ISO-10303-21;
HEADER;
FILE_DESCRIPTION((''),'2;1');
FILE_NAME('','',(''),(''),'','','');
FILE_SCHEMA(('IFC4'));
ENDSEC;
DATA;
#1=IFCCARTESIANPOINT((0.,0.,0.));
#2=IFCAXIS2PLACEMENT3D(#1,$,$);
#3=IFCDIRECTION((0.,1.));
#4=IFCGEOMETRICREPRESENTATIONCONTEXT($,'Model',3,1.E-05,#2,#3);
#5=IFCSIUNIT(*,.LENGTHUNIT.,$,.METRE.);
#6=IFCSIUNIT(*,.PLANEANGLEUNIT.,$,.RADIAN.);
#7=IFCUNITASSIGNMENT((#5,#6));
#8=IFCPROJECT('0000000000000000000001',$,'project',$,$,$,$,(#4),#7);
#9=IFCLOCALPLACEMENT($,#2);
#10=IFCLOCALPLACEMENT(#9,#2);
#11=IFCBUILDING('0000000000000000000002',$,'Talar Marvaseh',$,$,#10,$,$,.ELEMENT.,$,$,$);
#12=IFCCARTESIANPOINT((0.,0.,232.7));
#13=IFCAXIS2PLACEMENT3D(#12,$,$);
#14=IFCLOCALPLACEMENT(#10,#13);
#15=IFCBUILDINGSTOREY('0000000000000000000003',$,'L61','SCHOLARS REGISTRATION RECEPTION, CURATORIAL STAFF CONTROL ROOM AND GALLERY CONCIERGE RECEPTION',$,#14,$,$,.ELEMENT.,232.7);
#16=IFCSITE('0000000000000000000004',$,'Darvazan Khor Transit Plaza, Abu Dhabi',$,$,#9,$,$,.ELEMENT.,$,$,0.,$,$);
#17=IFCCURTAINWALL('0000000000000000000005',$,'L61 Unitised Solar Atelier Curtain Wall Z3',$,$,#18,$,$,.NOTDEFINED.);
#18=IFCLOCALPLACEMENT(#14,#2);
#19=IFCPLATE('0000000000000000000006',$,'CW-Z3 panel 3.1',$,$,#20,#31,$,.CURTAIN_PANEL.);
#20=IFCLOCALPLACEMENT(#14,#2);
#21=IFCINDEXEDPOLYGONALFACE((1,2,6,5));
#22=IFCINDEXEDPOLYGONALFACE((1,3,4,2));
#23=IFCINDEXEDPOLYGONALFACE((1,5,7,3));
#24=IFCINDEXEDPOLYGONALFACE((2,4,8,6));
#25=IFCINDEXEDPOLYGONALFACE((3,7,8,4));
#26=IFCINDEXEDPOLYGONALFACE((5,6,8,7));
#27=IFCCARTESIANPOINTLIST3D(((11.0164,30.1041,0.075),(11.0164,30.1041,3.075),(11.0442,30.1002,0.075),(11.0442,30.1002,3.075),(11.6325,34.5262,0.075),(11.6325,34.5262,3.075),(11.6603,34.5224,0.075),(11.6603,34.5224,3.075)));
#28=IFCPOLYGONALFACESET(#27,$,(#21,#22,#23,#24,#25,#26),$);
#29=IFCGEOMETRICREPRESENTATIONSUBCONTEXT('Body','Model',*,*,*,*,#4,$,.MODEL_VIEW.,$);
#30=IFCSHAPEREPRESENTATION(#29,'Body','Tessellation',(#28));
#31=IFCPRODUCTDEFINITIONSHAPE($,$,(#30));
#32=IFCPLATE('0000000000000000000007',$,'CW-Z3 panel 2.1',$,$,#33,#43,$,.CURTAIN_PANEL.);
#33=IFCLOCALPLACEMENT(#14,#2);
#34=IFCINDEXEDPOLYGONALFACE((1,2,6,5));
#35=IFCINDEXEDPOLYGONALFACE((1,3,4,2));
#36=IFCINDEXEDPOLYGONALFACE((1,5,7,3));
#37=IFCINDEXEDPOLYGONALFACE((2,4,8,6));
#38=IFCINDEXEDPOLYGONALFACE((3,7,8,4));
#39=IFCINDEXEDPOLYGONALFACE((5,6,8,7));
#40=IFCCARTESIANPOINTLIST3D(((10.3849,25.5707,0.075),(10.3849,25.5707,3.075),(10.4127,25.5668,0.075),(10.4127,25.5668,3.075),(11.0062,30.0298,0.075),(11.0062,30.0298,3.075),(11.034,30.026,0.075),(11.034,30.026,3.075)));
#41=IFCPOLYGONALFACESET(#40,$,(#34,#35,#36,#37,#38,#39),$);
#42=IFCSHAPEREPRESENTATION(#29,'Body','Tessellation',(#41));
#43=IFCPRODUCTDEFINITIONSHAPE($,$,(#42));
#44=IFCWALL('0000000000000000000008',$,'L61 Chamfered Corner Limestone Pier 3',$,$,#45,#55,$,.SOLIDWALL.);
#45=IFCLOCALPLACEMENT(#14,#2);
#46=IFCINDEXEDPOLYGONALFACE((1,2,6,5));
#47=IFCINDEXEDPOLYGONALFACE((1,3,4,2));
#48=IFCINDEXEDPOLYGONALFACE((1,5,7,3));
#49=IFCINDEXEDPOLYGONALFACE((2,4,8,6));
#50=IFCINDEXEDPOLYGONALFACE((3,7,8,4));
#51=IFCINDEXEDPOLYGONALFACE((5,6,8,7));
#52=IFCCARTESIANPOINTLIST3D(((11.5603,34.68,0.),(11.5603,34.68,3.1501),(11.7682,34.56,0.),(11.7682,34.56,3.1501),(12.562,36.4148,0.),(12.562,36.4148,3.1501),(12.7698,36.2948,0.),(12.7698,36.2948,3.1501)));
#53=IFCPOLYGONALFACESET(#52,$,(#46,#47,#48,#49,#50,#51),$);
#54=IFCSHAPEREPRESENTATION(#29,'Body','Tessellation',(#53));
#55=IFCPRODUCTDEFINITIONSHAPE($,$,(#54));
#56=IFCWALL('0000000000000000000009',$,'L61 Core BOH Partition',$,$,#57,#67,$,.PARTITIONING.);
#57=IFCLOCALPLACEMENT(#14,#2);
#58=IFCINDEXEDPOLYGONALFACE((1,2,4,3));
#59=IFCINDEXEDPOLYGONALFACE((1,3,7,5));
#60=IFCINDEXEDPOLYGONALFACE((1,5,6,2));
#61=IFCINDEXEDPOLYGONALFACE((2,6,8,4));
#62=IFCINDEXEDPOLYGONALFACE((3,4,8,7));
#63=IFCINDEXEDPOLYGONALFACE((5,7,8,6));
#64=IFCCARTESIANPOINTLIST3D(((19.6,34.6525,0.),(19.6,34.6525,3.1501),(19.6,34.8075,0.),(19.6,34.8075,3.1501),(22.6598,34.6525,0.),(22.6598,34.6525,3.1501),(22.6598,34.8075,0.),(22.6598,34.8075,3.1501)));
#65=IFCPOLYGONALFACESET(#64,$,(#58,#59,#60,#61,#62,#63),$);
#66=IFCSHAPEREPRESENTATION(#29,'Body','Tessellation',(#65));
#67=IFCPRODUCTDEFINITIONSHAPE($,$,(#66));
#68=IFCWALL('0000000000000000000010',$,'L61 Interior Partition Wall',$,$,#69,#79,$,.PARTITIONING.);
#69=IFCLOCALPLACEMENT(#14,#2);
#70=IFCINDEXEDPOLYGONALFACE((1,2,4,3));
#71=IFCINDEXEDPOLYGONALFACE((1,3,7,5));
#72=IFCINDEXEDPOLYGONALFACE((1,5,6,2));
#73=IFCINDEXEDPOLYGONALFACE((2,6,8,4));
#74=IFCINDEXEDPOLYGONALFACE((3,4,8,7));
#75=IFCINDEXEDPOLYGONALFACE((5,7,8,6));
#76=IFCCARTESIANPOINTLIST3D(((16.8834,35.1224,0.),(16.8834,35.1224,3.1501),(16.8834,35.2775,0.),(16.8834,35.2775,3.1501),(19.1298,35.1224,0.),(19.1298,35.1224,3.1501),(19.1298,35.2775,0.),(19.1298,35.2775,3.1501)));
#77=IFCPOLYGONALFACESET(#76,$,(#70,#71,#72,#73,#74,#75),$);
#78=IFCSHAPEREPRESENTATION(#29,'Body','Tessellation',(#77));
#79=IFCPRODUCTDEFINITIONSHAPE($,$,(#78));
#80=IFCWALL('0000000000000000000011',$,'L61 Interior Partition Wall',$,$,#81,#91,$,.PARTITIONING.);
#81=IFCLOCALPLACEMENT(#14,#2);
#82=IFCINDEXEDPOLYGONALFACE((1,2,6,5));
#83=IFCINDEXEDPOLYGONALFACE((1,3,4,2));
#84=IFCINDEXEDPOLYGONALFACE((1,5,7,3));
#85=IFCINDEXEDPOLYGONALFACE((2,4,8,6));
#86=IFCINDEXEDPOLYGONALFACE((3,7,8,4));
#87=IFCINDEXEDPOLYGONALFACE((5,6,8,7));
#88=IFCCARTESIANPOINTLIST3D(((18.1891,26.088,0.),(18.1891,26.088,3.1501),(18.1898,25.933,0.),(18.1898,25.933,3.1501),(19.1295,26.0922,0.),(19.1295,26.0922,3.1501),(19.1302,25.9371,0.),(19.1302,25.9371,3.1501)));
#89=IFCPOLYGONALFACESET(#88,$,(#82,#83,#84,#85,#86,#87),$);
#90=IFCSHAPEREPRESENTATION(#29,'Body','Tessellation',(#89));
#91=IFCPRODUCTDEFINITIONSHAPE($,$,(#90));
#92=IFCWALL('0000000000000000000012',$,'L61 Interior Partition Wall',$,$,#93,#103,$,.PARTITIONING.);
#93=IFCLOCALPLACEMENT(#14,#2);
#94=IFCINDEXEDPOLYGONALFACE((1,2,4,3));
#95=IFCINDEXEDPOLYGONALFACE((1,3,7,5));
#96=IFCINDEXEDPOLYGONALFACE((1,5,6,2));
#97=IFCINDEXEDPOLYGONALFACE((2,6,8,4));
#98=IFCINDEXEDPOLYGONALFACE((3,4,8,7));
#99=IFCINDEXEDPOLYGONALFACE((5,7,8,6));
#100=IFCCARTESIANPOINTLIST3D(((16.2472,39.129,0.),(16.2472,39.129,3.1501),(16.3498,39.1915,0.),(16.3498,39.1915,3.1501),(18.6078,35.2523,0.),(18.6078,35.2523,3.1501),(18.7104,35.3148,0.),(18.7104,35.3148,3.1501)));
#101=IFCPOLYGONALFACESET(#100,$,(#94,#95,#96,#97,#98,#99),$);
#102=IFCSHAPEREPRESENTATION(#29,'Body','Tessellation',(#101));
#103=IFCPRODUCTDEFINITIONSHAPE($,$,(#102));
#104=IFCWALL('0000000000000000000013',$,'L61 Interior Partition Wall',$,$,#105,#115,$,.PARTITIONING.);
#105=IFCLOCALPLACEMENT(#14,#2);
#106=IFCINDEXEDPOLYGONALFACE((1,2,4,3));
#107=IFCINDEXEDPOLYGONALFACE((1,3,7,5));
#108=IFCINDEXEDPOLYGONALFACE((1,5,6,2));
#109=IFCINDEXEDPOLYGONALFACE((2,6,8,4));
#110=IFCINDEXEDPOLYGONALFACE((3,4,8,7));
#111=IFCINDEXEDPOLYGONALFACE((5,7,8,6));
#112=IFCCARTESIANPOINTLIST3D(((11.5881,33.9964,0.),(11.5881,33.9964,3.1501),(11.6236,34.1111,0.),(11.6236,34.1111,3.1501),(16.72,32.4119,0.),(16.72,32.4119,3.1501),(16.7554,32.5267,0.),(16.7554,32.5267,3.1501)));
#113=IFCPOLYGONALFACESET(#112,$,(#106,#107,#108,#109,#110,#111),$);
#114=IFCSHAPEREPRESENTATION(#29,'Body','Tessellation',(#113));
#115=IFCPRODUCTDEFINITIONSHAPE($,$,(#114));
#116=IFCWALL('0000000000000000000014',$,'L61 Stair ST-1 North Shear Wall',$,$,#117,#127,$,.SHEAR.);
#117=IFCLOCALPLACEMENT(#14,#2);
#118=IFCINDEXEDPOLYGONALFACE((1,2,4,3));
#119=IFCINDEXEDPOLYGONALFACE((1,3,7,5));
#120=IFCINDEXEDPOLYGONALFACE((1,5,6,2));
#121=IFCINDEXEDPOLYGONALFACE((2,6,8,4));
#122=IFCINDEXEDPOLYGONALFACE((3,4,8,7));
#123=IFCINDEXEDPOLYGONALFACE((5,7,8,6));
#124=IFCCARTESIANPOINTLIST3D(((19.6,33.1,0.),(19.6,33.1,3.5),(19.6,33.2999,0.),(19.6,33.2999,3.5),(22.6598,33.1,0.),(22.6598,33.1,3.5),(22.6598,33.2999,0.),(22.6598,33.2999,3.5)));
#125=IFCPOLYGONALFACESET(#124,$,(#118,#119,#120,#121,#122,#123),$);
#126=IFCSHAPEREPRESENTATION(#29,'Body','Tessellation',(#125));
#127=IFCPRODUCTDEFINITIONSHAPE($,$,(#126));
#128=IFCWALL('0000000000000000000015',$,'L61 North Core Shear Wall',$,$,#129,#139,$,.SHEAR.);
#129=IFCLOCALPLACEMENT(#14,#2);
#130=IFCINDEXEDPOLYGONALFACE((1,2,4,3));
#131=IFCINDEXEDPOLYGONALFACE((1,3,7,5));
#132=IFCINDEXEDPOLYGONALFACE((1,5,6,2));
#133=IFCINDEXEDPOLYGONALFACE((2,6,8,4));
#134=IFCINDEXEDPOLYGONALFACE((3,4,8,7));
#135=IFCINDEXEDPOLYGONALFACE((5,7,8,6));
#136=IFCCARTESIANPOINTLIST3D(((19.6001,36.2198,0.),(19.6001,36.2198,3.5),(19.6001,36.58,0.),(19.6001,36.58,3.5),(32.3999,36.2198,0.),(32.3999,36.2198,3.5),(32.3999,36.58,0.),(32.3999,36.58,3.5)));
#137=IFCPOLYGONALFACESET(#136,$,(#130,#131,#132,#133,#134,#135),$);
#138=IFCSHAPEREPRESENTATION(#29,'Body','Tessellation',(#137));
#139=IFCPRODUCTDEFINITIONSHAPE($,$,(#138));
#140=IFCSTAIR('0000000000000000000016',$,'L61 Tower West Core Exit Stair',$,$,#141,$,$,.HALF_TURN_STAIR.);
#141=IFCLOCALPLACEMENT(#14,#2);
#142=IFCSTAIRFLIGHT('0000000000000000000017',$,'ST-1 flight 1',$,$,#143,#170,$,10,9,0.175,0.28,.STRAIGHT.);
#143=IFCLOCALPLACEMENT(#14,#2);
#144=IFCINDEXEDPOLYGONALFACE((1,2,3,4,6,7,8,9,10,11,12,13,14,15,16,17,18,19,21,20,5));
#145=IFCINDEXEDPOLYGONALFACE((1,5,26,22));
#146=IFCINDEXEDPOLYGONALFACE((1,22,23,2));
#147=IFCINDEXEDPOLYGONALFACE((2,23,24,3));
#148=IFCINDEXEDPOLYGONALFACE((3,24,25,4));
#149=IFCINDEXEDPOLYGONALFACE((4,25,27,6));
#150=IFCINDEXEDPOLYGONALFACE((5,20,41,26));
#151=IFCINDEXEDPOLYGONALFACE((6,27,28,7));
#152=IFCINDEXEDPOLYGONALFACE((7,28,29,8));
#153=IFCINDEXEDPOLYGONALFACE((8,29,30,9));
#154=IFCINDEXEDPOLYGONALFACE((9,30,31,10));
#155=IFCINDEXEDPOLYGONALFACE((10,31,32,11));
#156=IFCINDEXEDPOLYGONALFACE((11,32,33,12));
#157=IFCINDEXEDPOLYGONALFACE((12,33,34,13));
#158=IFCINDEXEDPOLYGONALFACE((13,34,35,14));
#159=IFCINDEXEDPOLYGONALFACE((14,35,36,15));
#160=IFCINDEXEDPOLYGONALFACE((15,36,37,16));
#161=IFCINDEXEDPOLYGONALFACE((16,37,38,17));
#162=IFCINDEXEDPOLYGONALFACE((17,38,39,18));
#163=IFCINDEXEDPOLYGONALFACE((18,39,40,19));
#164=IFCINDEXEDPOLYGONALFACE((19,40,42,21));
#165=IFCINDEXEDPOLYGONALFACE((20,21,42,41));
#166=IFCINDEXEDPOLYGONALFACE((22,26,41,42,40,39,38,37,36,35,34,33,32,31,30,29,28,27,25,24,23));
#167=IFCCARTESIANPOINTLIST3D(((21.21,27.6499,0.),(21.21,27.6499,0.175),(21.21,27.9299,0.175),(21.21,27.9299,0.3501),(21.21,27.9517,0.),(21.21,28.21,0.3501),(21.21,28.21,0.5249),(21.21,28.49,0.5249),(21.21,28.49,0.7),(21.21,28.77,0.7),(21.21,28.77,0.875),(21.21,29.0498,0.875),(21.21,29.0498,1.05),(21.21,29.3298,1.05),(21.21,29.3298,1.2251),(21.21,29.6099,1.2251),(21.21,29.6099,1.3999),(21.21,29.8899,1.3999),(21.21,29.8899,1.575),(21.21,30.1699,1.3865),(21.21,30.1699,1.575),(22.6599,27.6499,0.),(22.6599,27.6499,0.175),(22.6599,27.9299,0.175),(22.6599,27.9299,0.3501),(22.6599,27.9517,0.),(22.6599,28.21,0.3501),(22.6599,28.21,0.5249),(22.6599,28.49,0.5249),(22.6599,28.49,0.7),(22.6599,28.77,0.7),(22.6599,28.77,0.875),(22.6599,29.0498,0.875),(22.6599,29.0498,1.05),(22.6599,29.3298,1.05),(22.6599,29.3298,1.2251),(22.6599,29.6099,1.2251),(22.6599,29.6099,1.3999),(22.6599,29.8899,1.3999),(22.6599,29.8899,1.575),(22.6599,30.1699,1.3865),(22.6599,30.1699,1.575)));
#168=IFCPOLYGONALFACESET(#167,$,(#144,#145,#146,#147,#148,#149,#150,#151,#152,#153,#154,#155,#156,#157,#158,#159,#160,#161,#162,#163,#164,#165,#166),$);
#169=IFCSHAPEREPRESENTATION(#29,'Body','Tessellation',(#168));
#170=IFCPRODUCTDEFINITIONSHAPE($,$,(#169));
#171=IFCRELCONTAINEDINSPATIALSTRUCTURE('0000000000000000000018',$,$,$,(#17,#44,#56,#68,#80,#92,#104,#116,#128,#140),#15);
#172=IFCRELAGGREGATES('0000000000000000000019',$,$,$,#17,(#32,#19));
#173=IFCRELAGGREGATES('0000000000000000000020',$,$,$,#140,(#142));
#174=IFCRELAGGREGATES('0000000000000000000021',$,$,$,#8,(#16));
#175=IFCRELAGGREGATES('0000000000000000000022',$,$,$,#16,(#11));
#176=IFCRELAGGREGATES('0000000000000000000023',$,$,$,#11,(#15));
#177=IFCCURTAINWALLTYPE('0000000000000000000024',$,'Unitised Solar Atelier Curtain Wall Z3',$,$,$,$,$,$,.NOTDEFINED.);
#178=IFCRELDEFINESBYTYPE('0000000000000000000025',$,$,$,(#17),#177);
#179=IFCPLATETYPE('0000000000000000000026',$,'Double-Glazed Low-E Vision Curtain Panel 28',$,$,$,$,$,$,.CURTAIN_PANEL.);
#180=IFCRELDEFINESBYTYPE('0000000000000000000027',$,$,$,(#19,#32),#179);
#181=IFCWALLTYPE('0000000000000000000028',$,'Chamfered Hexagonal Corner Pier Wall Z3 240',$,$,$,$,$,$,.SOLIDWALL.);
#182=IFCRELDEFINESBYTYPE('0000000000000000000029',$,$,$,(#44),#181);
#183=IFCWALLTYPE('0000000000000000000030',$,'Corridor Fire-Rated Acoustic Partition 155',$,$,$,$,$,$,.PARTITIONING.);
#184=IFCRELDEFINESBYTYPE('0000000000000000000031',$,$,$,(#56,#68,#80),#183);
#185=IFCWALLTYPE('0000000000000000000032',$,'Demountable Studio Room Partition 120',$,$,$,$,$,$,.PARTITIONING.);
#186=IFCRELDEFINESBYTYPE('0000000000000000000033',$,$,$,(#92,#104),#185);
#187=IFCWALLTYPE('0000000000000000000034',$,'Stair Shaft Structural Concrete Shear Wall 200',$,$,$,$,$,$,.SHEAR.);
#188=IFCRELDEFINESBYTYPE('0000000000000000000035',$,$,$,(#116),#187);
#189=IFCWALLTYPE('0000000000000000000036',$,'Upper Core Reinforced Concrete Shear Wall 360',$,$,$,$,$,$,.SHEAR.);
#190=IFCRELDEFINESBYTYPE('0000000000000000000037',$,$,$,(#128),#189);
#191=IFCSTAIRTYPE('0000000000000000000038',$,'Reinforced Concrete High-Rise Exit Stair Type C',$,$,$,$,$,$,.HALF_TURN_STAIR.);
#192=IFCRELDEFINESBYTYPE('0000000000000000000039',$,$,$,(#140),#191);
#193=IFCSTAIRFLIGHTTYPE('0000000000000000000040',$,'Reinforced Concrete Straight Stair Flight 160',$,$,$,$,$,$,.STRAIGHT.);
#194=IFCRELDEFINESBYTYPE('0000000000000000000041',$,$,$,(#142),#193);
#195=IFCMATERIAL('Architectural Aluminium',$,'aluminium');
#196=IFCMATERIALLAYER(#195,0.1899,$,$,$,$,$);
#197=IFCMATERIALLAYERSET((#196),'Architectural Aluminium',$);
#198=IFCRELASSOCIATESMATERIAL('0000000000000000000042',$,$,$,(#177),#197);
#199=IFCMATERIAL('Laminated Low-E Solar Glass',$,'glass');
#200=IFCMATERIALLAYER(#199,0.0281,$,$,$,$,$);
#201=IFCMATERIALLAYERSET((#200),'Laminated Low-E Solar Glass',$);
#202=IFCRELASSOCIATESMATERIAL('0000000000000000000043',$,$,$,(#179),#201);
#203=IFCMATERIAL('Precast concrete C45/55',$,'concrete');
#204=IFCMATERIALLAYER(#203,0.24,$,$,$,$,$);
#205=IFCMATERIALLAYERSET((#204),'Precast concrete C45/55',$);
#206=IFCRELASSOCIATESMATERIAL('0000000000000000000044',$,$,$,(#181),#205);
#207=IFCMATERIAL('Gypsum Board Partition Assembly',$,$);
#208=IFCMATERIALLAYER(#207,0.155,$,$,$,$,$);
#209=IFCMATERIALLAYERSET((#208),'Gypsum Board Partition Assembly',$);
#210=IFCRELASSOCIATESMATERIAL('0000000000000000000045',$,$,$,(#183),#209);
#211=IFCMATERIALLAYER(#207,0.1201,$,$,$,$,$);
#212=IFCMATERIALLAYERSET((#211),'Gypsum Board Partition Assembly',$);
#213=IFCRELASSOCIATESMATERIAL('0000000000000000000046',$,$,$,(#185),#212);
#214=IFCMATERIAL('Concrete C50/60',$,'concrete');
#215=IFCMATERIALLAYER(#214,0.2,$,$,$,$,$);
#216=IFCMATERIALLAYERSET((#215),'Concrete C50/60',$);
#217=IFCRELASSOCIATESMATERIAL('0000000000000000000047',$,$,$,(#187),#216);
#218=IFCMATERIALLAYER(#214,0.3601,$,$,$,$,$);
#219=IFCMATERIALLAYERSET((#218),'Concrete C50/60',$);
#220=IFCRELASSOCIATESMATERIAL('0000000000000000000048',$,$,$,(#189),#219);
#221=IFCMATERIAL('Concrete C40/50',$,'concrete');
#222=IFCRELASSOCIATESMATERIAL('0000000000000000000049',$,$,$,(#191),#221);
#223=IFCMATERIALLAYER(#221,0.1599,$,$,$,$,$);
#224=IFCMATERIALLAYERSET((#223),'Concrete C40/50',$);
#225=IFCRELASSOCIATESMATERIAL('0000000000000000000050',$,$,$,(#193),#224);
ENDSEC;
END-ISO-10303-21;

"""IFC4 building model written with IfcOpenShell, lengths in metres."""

from ifc_helpers import new_model, si_unit, direction, frame, frame_2d, origin, origin_2d, place, context, subcontext, project, spatial, polyline, rectangle, outline, extrude, source, transform, mapped, material, layer, layer_set, type_object, type_shapes, element, aggregate, save


model = new_model("IFC4")

# Units and contexts
model_context = context("Model", 3, precision=1e-05, world=origin(), true_north=direction((0.0, 1.0)))
body_context = subcontext(model_context, "Body", "Model", "MODEL_VIEW")
ifc_project = project(units=[si_unit("LENGTHUNIT", "METRE"), si_unit("PLANEANGLEUNIT", "RADIAN")], contexts=[model_context])

# Site, building, storey
site_placement = place(None, origin())
site = spatial("IfcSite", under=ifc_project, at=site_placement, Name="Darvazan Khor Transit Plaza, Abu Dhabi", CompositionType="ELEMENT", RefElevation=0.0)
building_placement = place(site_placement, origin())
building = spatial("IfcBuilding", under=site, at=building_placement, Name="Talar Marvaseh", CompositionType="ELEMENT")
storey_placement = place(building_placement, frame((0.0, 0.0, 232.7)))
storey = spatial("IfcBuildingStorey", under=building, at=storey_placement, Name="L61", Description="SCHOLARS REGISTRATION RECEPTION, CURATORIAL STAFF CONTROL ROOM AND GALLERY CONCIERGE RECEPTION", CompositionType="ELEMENT", Elevation=232.7)

# Curtain wall
ifc_material_1 = material(Name="Architectural Aluminium", Category="aluminium")
ifc_layer_1 = layer(ifc_material_1, 0.1899)
ifc_layer_set_1 = layer_set([ifc_layer_1], Name="Architectural Aluminium")
curtain_wall_type = type_object("IfcCurtainWallType", Name="Unitised Solar Atelier Curtain Wall Z3", PredefinedType="NOTDEFINED", material=ifc_layer_set_1)
curtain_wall_1_placement = place(storey_placement, origin())
curtain_wall_1 = element("IfcCurtainWall", 1, at=curtain_wall_1_placement, inside=storey, type_object=curtain_wall_type, Name="L61 Unitised Solar Atelier Curtain Wall Z3", PredefinedType="NOTDEFINED")

# Plates
ifc_material_2 = material(Name="Laminated Low-E Solar Glass", Category="glass")
ifc_layer_2 = layer(ifc_material_2, 0.0281)
ifc_layer_set_2 = layer_set([ifc_layer_2], Name="Laminated Low-E Solar Glass")
plate_type = type_object("IfcPlateType", Name="Double-Glazed Low-E Vision Curtain Panel 28", PredefinedType="CURTAIN_PANEL", material=ifc_layer_set_2)
shared_shape_1 = source(origin(), body_context, "Body", "SweptSolid", [
    extrude(rectangle(XDim=4.4648, YDim=0.0281, at=origin_2d()), origin(), (0.0, 0.0, 1.0), 3.0),
])
plate_1_placement = place(storey_placement, frame((11.3384, 32.3132, 0.075), z_axis=(0.0, 0.0, 1.0), x_axis=(0.137994, 0.990433, 0.0)))
plate_1 = element("IfcPlate", 2, at=plate_1_placement, type_object=plate_type, Name="CW-Z3 panel 3.1", PredefinedType="CURTAIN_PANEL", context=body_context, shape_type="MappedRepresentation", body=[
    mapped(shared_shape_1, transform((0.0, 0.0, 0.0), x_axis=(1.0, 0.0, 0.0), y_axis=(0.0, 1.0, 0.0), z_axis=(0.0, 0.0, 1.0), scale=1.0)),
])
shared_shape_2 = source(origin(), body_context, "Body", "SweptSolid", [
    extrude(rectangle(XDim=4.5022, YDim=0.0281, at=origin_2d()), origin(), (0.0, 0.0, 1.0), 3.0),
])
type_shapes(plate_type, [shared_shape_1, shared_shape_2])
plate_2_placement = place(storey_placement, frame((10.7095, 27.7983, 0.075), z_axis=(0.0, 0.0, 1.0), x_axis=(0.137994, 0.990433, 0.0)))
plate_2 = element("IfcPlate", 3, at=plate_2_placement, type_object=plate_type, Name="CW-Z3 panel 2.1", PredefinedType="CURTAIN_PANEL", context=body_context, shape_type="MappedRepresentation", body=[
    mapped(shared_shape_2, transform((0.0, 0.0, 0.0), x_axis=(1.0, 0.0, 0.0), y_axis=(0.0, 1.0, 0.0), z_axis=(0.0, 0.0, 1.0), scale=1.0)),
])
aggregate(curtain_wall_1, [plate_2, plate_1])

# Walls
ifc_material_3 = material(Name="Precast concrete C45/55", Category="concrete")
ifc_layer_3 = layer(ifc_material_3, 0.24)
ifc_layer_set_3 = layer_set([ifc_layer_3], Name="Precast concrete C45/55")
wall_type_1 = type_object("IfcWallType", Name="Chamfered Hexagonal Corner Pier Wall Z3 240", PredefinedType="SOLIDWALL", material=ifc_layer_set_3)
wall_1_placement = place(storey_placement, frame((11.6643, 34.6201, 0.0), z_axis=(0.0, 0.0, 1.0), x_axis=(0.500032, 0.866007, 0.0)))
element("IfcWall", 4, at=wall_1_placement, inside=storey, type_object=wall_type_1, Name="L61 Chamfered Corner Limestone Pier 3", PredefinedType="SOLIDWALL", context=body_context, shape_type="SweptSolid", body=[
    extrude(rectangle(XDim=2.0032, YDim=0.24, at=frame_2d((1.0015, 0.0))), origin(), (0.0, 0.0, 1.0), 3.1501),
])
ifc_material_4 = material(Name="Gypsum Board Partition Assembly")
ifc_layer_4 = layer(ifc_material_4, 0.155)
ifc_layer_set_4 = layer_set([ifc_layer_4], Name="Gypsum Board Partition Assembly")
wall_type_2 = type_object("IfcWallType", Name="Corridor Fire-Rated Acoustic Partition 155", PredefinedType="PARTITIONING", material=ifc_layer_set_4)
wall_2_placement = place(storey_placement, frame((19.6001, 34.73, 0.0), z_axis=(0.0, 0.0, 1.0), x_axis=(1.0, 0.0, 0.0)))
element("IfcWall", 5, at=wall_2_placement, inside=storey, type_object=wall_type_2, Name="L61 Core BOH Partition", PredefinedType="PARTITIONING", context=body_context, shape_type="SweptSolid", body=[
    extrude(rectangle(XDim=3.0598, YDim=0.155, at=frame_2d((1.5298, 0.0))), origin(), (0.0, 0.0, 1.0), 3.1501),
])
wall_3_placement = place(storey_placement, frame((16.8835, 35.2, 0.0), z_axis=(0.0, 0.0, 1.0), x_axis=(1.0, 0.0, 0.0)))
element("IfcWall", 6, at=wall_3_placement, inside=storey, type_object=wall_type_2, Name="L61 Interior Partition Wall", PredefinedType="PARTITIONING", context=body_context, shape_type="SweptSolid", body=[
    extrude(rectangle(XDim=2.2463, YDim=0.155, at=frame_2d((1.123, 0.0))), origin(), (0.0, 0.0, 1.0), 3.1501),
])
wall_4_placement = place(storey_placement, frame((19.1299, 26.0146, 0.0), z_axis=(0.0, 0.0, 1.0), x_axis=(-0.99999, -0.004413, 0.0)))
element("IfcWall", 7, at=wall_4_placement, inside=storey, type_object=wall_type_2, Name="L61 Interior Partition Wall", PredefinedType="PARTITIONING", context=body_context, shape_type="SweptSolid", body=[
    extrude(rectangle(XDim=0.9404, YDim=0.155, at=frame_2d((0.4702, 0.0))), origin(), (0.0, 0.0, 1.0), 3.1501),
])
ifc_layer_5 = layer(ifc_material_4, 0.1201)
ifc_layer_set_5 = layer_set([ifc_layer_5], Name="Gypsum Board Partition Assembly")
wall_type_3 = type_object("IfcWallType", Name="Demountable Studio Room Partition 120", PredefinedType="PARTITIONING", material=ifc_layer_set_5)
wall_5_placement = place(storey_placement, frame((18.6592, 35.2834, 0.0), z_axis=(0.0, 0.0, 1.0), x_axis=(-0.520085, 0.854114, 0.0)))
element("IfcWall", 8, at=wall_5_placement, inside=storey, type_object=wall_type_3, Name="L61 Interior Partition Wall", PredefinedType="PARTITIONING", context=body_context, shape_type="SweptSolid", body=[
    extrude(rectangle(XDim=4.5388, YDim=0.1201, at=frame_2d((2.2695, 0.0))), origin(), (0.0, 0.0, 1.0), 3.1501),
])
wall_6_placement = place(storey_placement, frame((16.7378, 32.4692, 0.0), z_axis=(0.0, 0.0, 1.0), x_axis=(-0.955494, 0.295012, 0.0)))
element("IfcWall", 9, at=wall_6_placement, inside=storey, type_object=wall_type_3, Name="L61 Interior Partition Wall", PredefinedType="PARTITIONING", context=body_context, shape_type="SweptSolid", body=[
    extrude(rectangle(XDim=5.3708, YDim=0.1201, at=frame_2d((2.6855, 0.0))), origin(), (0.0, 0.0, 1.0), 3.1501),
])
ifc_material_5 = material(Name="Concrete C50/60", Category="concrete")
ifc_layer_6 = layer(ifc_material_5, 0.2)
ifc_layer_set_6 = layer_set([ifc_layer_6], Name="Concrete C50/60")
wall_type_4 = type_object("IfcWallType", Name="Stair Shaft Structural Concrete Shear Wall 200", PredefinedType="SHEAR", material=ifc_layer_set_6)
wall_7_placement = place(storey_placement, frame((19.6001, 33.2, 0.0), z_axis=(0.0, 0.0, 1.0), x_axis=(1.0, 0.0, 0.0)))
element("IfcWall", 10, at=wall_7_placement, inside=storey, type_object=wall_type_4, Name="L61 Stair ST-1 North Shear Wall", PredefinedType="SHEAR", context=body_context, shape_type="SweptSolid", body=[
    extrude(rectangle(XDim=3.0598, YDim=0.2, at=frame_2d((1.5298, 0.0))), origin(), (0.0, 0.0, 1.0), 3.5),
])
ifc_layer_7 = layer(ifc_material_5, 0.3601)
ifc_layer_set_7 = layer_set([ifc_layer_7], Name="Concrete C50/60")
wall_type_5 = type_object("IfcWallType", Name="Upper Core Reinforced Concrete Shear Wall 360", PredefinedType="SHEAR", material=ifc_layer_set_7)
wall_8_placement = place(storey_placement, frame((19.6001, 36.3999, 0.0), z_axis=(0.0, 0.0, 1.0), x_axis=(1.0, 0.0, 0.0)))
element("IfcWall", 11, at=wall_8_placement, inside=storey, type_object=wall_type_5, Name="L61 North Core Shear Wall", PredefinedType="SHEAR", context=body_context, shape_type="SweptSolid", body=[
    extrude(rectangle(XDim=12.7998, YDim=0.3601, at=frame_2d((6.3999, 0.0))), origin(), (0.0, 0.0, 1.0), 3.5),
])

# Stair, stair flight
ifc_material_6 = material(Name="Concrete C40/50", Category="concrete")
stair_type = type_object("IfcStairType", Name="Reinforced Concrete High-Rise Exit Stair Type C", PredefinedType="HALF_TURN_STAIR", material=ifc_material_6)
stair_placement = place(storey_placement, origin())
stair = element("IfcStair", 12, at=stair_placement, inside=storey, type_object=stair_type, Name="L61 Tower West Core Exit Stair", PredefinedType="HALF_TURN_STAIR")
ifc_layer_8 = layer(ifc_material_6, 0.1599)
ifc_layer_set_8 = layer_set([ifc_layer_8], Name="Concrete C40/50")
stair_flight_type = type_object("IfcStairFlightType", Name="Reinforced Concrete Straight Stair Flight 160", PredefinedType="STRAIGHT", material=ifc_layer_set_8)
stair_flight_1_placement = place(storey_placement, frame((21.9351, 27.6499, 0.0), z_axis=(0.0, 0.0, 1.0), x_axis=(0.0, 1.0, 0.0)))
stair_flight_1 = element("IfcStairFlight", 13, at=stair_flight_1_placement, type_object=stair_flight_type, Name="ST-1 flight 1", NumberOfRisers=10, NumberOfTreads=9, PredefinedType="STRAIGHT", RiserHeight=0.175, TreadLength=0.28, context=body_context, shape_type="SweptSolid", body=[
    extrude(outline(polyline([(0.0, 0.0), (0.0, 0.175), (0.28, 0.175), (0.28, 0.3501), (0.5601, 0.3501), (0.5601, 0.5249), (0.8401, 0.5249), (0.8401, 0.7), (1.1201, 0.7), (1.1201, 0.875), (1.3999, 0.875), (1.3999, 1.05), (1.6799, 1.05), (1.6799, 1.2251), (1.96, 1.2251), (1.96, 1.3999), (2.24, 1.3999), (2.24, 1.575), (2.52, 1.575), (2.52, 1.75), (2.52, 1.3865), (0.3018, 0.0), (0.0, 0.0)])), frame((0.0, 0.7251, 0.0), z_axis=(0.0, -1.0, 0.0), x_axis=(1.0, 0.0, 0.0)), (0.0, 0.0, 1.0), 1.45),
])
aggregate(stair, [stair_flight_1])

save(model, "model.ifc")
